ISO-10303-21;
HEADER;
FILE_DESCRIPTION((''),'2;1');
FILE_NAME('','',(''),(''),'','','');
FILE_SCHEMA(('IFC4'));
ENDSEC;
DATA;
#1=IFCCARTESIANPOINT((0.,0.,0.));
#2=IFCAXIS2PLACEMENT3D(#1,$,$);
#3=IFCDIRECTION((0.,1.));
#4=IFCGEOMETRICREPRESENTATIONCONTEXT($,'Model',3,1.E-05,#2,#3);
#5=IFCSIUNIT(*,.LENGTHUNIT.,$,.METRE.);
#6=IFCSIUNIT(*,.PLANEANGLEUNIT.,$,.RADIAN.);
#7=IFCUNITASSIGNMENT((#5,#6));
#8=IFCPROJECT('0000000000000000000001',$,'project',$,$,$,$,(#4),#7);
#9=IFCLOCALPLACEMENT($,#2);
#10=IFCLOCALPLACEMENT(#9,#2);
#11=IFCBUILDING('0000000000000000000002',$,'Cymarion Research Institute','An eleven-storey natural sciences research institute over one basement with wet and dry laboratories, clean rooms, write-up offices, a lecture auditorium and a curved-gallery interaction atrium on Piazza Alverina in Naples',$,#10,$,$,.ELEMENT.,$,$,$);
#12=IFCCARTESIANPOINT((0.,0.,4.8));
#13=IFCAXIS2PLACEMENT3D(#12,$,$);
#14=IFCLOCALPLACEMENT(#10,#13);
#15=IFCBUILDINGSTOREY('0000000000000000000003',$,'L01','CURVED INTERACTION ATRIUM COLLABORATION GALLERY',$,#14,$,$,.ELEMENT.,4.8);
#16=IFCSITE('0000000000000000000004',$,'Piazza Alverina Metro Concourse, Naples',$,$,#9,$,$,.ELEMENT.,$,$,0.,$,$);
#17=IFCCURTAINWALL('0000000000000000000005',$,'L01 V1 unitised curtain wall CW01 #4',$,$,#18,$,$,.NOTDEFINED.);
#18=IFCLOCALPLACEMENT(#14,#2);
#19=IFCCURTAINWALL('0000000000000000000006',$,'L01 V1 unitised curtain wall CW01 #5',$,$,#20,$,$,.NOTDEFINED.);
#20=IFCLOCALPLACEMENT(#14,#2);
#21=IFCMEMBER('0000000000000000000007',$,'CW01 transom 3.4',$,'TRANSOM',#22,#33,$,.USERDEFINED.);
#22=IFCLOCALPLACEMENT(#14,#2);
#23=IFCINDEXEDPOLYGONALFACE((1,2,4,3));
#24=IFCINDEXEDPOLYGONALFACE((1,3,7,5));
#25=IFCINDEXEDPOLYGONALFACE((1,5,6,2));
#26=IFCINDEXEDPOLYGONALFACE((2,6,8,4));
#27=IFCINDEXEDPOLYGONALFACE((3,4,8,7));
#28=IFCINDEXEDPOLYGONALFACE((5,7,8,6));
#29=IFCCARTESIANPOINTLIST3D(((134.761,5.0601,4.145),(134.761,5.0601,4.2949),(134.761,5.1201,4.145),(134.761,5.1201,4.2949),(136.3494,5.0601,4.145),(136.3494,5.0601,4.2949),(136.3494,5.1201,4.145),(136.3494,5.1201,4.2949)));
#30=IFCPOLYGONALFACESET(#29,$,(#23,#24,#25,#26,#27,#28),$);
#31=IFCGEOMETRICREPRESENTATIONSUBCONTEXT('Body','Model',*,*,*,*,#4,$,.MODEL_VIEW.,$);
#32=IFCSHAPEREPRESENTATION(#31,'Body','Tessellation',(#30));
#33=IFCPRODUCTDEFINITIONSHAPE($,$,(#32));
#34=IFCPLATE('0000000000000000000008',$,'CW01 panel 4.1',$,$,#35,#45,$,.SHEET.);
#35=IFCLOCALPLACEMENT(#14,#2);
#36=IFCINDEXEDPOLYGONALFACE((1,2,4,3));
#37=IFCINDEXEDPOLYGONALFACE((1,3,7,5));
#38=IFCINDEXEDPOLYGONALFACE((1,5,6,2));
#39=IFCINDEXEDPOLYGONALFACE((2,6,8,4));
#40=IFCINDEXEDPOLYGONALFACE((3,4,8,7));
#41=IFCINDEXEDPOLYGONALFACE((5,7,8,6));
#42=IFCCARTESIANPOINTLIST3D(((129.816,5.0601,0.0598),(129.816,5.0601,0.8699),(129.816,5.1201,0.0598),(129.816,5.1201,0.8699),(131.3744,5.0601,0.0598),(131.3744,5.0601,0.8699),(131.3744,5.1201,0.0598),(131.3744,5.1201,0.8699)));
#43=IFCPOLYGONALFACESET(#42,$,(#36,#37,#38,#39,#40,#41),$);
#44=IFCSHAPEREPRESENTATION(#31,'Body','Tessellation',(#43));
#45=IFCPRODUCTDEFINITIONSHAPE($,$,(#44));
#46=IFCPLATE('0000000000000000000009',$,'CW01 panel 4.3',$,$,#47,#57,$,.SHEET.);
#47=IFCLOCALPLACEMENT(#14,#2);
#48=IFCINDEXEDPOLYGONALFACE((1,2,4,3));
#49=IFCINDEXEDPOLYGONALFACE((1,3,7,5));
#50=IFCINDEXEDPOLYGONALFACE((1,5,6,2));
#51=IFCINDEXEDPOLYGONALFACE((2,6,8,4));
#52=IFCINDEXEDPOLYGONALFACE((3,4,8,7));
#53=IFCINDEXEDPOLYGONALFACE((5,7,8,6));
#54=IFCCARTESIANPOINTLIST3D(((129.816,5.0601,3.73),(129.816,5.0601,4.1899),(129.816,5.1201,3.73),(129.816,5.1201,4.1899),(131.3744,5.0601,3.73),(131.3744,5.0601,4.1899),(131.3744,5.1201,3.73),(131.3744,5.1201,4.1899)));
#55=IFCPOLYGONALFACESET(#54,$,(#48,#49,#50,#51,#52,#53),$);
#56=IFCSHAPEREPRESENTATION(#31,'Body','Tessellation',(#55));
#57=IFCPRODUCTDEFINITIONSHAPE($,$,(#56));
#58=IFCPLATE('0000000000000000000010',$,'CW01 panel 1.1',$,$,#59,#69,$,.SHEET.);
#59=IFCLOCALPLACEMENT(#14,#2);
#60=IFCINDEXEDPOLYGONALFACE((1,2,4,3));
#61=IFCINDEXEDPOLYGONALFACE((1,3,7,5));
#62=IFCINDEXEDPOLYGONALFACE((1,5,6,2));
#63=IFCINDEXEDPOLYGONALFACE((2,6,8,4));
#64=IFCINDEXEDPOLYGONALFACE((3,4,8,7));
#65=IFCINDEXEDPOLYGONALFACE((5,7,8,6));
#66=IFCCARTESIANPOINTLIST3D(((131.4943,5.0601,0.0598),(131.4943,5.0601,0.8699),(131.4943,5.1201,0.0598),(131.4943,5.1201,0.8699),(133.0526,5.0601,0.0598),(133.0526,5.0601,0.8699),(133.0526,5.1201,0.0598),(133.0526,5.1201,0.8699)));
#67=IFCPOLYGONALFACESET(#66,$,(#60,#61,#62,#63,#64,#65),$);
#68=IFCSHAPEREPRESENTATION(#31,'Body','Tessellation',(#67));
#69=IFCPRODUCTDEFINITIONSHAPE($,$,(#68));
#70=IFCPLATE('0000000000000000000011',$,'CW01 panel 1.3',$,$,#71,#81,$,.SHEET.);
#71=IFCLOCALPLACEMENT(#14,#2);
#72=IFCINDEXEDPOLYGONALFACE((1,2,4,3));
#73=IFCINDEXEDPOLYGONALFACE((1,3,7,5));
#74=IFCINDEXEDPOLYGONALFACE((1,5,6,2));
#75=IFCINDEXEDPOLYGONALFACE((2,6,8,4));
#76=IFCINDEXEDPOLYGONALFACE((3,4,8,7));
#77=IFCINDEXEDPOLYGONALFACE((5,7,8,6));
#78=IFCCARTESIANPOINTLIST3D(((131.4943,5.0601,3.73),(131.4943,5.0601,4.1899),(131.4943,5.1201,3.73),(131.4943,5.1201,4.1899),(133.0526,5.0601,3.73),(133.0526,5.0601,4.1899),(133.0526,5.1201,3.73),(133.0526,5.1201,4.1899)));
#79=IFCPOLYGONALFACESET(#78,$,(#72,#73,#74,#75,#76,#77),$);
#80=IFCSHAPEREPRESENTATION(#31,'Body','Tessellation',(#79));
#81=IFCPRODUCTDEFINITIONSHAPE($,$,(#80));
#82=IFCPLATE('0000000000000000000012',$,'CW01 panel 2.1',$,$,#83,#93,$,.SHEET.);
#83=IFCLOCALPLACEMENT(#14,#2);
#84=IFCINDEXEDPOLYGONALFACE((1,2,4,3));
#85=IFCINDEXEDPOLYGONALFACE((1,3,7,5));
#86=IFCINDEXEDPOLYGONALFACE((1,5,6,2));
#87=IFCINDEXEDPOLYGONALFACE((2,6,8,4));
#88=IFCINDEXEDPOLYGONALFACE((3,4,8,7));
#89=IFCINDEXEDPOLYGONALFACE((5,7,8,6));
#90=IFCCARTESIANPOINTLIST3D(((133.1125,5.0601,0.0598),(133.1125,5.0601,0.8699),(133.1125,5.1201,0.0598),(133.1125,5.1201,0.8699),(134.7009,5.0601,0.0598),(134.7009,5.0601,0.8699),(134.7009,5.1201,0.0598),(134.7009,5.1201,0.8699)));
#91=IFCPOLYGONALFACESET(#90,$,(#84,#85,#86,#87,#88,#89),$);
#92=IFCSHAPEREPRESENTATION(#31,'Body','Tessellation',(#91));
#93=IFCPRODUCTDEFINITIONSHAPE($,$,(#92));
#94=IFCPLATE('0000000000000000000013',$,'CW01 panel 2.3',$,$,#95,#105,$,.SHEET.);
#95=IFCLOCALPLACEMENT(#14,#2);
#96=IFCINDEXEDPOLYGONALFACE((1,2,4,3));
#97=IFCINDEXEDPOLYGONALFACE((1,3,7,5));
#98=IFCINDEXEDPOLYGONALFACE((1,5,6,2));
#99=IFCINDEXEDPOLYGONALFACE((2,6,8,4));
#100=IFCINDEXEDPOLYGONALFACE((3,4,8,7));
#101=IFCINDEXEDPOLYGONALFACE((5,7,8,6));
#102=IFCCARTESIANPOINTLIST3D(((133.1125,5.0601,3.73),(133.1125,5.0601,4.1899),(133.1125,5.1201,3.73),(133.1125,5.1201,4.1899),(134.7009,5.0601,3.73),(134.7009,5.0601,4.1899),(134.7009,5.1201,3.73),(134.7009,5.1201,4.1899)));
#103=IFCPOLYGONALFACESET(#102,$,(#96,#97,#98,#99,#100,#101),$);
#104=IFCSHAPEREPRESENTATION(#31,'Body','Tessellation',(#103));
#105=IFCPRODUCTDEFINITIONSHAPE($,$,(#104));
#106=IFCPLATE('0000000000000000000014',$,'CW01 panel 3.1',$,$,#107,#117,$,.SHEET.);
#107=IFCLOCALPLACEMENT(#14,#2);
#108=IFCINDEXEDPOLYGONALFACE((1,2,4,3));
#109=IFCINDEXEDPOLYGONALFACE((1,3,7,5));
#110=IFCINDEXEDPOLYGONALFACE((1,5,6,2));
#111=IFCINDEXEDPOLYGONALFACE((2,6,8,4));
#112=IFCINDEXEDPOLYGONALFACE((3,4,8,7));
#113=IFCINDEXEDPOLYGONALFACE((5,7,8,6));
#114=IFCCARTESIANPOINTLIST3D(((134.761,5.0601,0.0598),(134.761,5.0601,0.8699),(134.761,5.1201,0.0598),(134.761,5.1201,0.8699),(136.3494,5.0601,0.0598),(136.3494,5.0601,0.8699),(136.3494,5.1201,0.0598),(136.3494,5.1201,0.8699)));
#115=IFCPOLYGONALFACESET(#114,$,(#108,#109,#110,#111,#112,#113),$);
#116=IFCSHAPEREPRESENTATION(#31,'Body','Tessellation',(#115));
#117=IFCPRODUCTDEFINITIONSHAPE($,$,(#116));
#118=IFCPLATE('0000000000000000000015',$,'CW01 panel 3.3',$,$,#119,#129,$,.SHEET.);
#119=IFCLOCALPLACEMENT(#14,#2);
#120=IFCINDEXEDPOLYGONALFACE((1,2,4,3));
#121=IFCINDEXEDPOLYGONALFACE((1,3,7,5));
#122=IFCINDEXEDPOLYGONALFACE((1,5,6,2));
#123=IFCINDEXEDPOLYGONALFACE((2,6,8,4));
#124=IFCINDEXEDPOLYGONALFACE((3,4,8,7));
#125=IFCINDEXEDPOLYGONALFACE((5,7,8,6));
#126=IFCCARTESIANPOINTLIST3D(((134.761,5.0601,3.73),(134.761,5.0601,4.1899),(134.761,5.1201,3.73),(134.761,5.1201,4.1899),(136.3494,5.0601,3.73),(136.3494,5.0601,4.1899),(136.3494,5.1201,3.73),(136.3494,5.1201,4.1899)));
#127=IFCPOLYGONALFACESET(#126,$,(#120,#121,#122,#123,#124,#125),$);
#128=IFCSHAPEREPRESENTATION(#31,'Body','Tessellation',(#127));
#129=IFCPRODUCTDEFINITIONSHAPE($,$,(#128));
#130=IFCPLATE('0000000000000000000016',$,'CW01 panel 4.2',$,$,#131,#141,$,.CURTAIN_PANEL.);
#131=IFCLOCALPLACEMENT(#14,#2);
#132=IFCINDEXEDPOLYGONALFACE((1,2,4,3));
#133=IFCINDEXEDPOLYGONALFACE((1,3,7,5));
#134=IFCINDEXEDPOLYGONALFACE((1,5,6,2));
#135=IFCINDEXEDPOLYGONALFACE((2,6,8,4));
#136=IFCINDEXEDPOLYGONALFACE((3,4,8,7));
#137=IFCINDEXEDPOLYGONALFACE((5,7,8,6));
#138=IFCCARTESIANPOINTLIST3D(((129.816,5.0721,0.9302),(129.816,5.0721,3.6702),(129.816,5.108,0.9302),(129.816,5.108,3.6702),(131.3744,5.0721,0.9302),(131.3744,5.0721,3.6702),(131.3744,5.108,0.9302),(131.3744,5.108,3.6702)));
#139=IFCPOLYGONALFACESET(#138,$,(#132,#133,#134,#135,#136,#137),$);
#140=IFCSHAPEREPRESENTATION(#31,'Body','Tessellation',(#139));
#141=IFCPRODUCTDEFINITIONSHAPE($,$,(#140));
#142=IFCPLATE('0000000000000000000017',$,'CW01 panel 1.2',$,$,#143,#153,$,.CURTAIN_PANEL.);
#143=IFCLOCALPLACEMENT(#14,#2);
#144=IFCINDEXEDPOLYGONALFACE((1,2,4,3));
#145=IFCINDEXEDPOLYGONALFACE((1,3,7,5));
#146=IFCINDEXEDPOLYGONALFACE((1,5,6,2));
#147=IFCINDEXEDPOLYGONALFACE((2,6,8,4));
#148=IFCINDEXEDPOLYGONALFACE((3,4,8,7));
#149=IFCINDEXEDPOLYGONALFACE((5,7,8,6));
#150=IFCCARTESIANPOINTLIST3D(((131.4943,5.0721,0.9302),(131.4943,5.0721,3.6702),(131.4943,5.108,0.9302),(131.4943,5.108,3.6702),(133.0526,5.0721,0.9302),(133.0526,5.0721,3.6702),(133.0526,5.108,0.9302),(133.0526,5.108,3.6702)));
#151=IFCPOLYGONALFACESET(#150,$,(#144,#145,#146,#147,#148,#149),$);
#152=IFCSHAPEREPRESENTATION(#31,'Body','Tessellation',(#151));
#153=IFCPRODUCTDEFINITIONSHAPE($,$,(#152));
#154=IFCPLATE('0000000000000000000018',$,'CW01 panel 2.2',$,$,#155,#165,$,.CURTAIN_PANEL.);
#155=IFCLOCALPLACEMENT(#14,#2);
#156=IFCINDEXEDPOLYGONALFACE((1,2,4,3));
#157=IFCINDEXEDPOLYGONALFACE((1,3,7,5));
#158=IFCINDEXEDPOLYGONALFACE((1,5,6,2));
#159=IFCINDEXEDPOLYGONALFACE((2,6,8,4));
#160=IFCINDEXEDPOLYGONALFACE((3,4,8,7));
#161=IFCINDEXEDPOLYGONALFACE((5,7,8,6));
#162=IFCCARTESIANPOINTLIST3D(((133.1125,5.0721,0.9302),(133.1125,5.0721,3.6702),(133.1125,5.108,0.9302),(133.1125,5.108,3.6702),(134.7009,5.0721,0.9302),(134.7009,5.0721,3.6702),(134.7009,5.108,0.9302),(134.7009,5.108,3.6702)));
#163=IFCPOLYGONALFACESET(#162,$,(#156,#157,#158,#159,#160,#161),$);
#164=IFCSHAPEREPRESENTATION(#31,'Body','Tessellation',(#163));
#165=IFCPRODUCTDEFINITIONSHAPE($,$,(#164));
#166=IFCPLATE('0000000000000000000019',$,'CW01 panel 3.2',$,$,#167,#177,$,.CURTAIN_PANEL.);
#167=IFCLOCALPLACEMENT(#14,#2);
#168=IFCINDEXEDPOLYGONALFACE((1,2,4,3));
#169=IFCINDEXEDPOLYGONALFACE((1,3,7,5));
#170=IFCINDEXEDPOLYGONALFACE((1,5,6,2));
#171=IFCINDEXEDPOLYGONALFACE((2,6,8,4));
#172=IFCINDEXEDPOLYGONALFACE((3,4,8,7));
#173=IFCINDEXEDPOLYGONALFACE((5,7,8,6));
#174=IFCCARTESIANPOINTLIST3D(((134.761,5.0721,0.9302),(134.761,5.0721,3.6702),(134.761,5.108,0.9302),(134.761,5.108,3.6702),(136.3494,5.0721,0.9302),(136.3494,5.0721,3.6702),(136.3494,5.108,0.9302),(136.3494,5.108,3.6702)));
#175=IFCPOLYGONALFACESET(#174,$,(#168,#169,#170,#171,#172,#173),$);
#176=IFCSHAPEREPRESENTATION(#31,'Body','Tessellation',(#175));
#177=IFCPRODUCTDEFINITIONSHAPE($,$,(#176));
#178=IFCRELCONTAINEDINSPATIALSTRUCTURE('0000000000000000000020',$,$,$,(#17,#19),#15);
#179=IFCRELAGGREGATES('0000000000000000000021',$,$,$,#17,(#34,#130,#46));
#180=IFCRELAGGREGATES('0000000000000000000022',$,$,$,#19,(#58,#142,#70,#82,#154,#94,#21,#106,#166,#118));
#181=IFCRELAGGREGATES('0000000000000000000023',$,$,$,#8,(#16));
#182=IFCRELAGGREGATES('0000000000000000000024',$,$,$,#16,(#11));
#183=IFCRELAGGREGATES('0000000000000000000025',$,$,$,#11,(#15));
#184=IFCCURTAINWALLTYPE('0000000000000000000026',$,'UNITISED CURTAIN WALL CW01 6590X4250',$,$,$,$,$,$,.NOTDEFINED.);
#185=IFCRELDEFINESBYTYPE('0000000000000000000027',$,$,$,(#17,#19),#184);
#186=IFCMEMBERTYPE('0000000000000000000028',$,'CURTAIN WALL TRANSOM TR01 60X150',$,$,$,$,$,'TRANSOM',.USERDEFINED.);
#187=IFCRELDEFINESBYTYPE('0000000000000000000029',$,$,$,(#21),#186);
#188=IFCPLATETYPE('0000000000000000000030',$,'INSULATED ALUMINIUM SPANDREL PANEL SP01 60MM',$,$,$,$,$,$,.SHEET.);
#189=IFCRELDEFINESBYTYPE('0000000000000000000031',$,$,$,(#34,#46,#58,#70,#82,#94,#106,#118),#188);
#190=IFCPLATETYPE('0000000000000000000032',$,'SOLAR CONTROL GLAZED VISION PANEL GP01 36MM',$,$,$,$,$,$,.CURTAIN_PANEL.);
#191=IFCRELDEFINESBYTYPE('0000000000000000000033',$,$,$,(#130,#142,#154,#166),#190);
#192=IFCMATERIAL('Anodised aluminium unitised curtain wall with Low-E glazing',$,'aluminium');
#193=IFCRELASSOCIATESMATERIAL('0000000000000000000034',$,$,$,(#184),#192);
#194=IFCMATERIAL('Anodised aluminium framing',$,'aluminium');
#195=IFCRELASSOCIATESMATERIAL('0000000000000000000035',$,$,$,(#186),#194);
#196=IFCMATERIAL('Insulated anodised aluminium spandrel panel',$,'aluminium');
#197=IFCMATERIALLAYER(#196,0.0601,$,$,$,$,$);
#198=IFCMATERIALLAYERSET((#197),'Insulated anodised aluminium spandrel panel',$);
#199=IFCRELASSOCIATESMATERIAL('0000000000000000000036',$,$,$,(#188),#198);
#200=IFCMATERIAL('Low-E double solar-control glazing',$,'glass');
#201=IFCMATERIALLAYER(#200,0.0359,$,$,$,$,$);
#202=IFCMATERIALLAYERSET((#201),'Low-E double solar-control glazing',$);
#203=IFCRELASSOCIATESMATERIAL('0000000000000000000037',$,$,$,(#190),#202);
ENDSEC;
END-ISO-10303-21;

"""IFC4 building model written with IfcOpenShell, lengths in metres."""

from ifc_helpers import new_model, si_unit, direction, frame, origin, origin_2d, place, context, subcontext, project, spatial, rectangle, extrude, material, layer, layer_set, material_profile, profile_set, type_object, element, aggregate, save


model = new_model("IFC4")

# Units and contexts
model_context = context("Model", 3, precision=1e-05, world=origin(), true_north=direction((0.0, 1.0)))
body_context = subcontext(model_context, "Body", "Model", "MODEL_VIEW")
ifc_project = project(units=[si_unit("LENGTHUNIT", "METRE"), si_unit("PLANEANGLEUNIT", "RADIAN")], contexts=[model_context])

# Site, building, storey
site_placement = place(None, origin())
site = spatial("IfcSite", under=ifc_project, at=site_placement, Name="Piazza Alverina Metro Concourse, Naples", CompositionType="ELEMENT", RefElevation=0.0)
building_placement = place(site_placement, origin())
building = spatial("IfcBuilding", under=site, at=building_placement, Name="Cymarion Research Institute", Description="An eleven-storey natural sciences research institute over one basement with wet and dry laboratories, clean rooms, write-up offices, a lecture auditorium and a curved-gallery interaction atrium on Piazza Alverina in Naples", CompositionType="ELEMENT")
storey_placement = place(building_placement, frame((0.0, 0.0, 4.8)))
storey = spatial("IfcBuildingStorey", under=building, at=storey_placement, Name="L01", Description="CURVED INTERACTION ATRIUM COLLABORATION GALLERY", CompositionType="ELEMENT", Elevation=4.8)

# Curtain wall
ifc_material_1 = material(Name="Anodised aluminium unitised curtain wall with Low-E glazing", Category="aluminium")
curtain_wall_type = type_object("IfcCurtainWallType", Name="UNITISED CURTAIN WALL CW01 6590X4250", PredefinedType="NOTDEFINED", material=ifc_material_1)
curtain_wall_1_placement = place(storey_placement, origin())
curtain_wall_1 = element("IfcCurtainWall", 1, at=curtain_wall_1_placement, inside=storey, type_object=curtain_wall_type, Name="L01 V1 unitised curtain wall CW01 #4", PredefinedType="NOTDEFINED")
ifc_material_2 = material(Name="Anodised aluminium framing", Category="aluminium")

# Curtain wall, member
curtain_wall_2_placement = place(storey_placement, origin())
curtain_wall_2 = element("IfcCurtainWall", 2, at=curtain_wall_2_placement, inside=storey, type_object=curtain_wall_type, Name="L01 V1 unitised curtain wall CW01 #5", PredefinedType="NOTDEFINED")
ifc_material_profile_1 = material_profile(ifc_material_2, rectangle(XDim=0.0601, YDim=0.1499, at=origin_2d()), Name="ALU TRANSOM 60x150")
ifc_profile_set_1 = profile_set([ifc_material_profile_1], Name="Anodised aluminium framing")
member_type_1 = type_object("IfcMemberType", Name="CURTAIN WALL TRANSOM TR01 60X150", ElementType="TRANSOM", PredefinedType="USERDEFINED", material=ifc_profile_set_1)
member_1_placement = place(storey_placement, frame((134.761, 5.0901, 4.22), z_axis=(1.0, 0.0, 0.0), x_axis=(0.0, 1.0, 0.0)))
member_1 = element("IfcMember", 3, at=member_1_placement, type_object=member_type_1, Name="CW01 transom 3.4", ObjectType="TRANSOM", PredefinedType="USERDEFINED", context=body_context, shape_type="SweptSolid", body=[
    extrude(rectangle(XDim=0.0601, YDim=0.1499, at=origin_2d()), origin(), (0.0, 0.0, 1.0), 1.5884),
])

# Plates
ifc_material_3 = material(Name="Insulated anodised aluminium spandrel panel", Category="aluminium")
ifc_layer_1 = layer(ifc_material_3, 0.0601)
ifc_layer_set_1 = layer_set([ifc_layer_1], Name="Insulated anodised aluminium spandrel panel")
plate_type_1 = type_object("IfcPlateType", Name="INSULATED ALUMINIUM SPANDREL PANEL SP01 60MM", PredefinedType="SHEET", material=ifc_layer_set_1)
plate_1_placement = place(storey_placement, frame((130.5952, 5.0901, 0.0598), z_axis=(0.0, 0.0, 1.0), x_axis=(1.0, 0.0, 0.0)))
plate_1 = element("IfcPlate", 4, at=plate_1_placement, type_object=plate_type_1, Name="CW01 panel 4.1", PredefinedType="SHEET", context=body_context, shape_type="SweptSolid", body=[
    extrude(rectangle(XDim=1.5583, YDim=0.0601, at=origin_2d()), origin(), (0.0, 0.0, 1.0), 0.8101),
])
plate_2_placement = place(storey_placement, frame((130.5952, 5.0901, 3.73), z_axis=(0.0, 0.0, 1.0), x_axis=(1.0, 0.0, 0.0)))
plate_2 = element("IfcPlate", 5, at=plate_2_placement, type_object=plate_type_1, Name="CW01 panel 4.3", PredefinedType="SHEET", context=body_context, shape_type="SweptSolid", body=[
    extrude(rectangle(XDim=1.5583, YDim=0.0601, at=origin_2d()), origin(), (0.0, 0.0, 1.0), 0.46),
])
plate_3_placement = place(storey_placement, frame((132.2734, 5.0901, 0.0598), z_axis=(0.0, 0.0, 1.0), x_axis=(1.0, 0.0, 0.0)))
plate_3 = element("IfcPlate", 6, at=plate_3_placement, type_object=plate_type_1, Name="CW01 panel 1.1", PredefinedType="SHEET", context=body_context, shape_type="SweptSolid", body=[
    extrude(rectangle(XDim=1.5583, YDim=0.0601, at=origin_2d()), origin(), (0.0, 0.0, 1.0), 0.8101),
])
plate_4_placement = place(storey_placement, frame((132.2734, 5.0901, 3.73), z_axis=(0.0, 0.0, 1.0), x_axis=(1.0, 0.0, 0.0)))
plate_4 = element("IfcPlate", 7, at=plate_4_placement, type_object=plate_type_1, Name="CW01 panel 1.3", PredefinedType="SHEET", context=body_context, shape_type="SweptSolid", body=[
    extrude(rectangle(XDim=1.5583, YDim=0.0601, at=origin_2d()), origin(), (0.0, 0.0, 1.0), 0.46),
])
plate_5_placement = place(storey_placement, frame((133.9067, 5.0901, 0.0598), z_axis=(0.0, 0.0, 1.0), x_axis=(1.0, 0.0, 0.0)))
plate_5 = element("IfcPlate", 8, at=plate_5_placement, type_object=plate_type_1, Name="CW01 panel 2.1", PredefinedType="SHEET", context=body_context, shape_type="SweptSolid", body=[
    extrude(rectangle(XDim=1.5884, YDim=0.0601, at=origin_2d()), origin(), (0.0, 0.0, 1.0), 0.8101),
])
plate_6_placement = place(storey_placement, frame((133.9067, 5.0901, 3.73), z_axis=(0.0, 0.0, 1.0), x_axis=(1.0, 0.0, 0.0)))
plate_6 = element("IfcPlate", 9, at=plate_6_placement, type_object=plate_type_1, Name="CW01 panel 2.3", PredefinedType="SHEET", context=body_context, shape_type="SweptSolid", body=[
    extrude(rectangle(XDim=1.5884, YDim=0.0601, at=origin_2d()), origin(), (0.0, 0.0, 1.0), 0.46),
])
plate_7_placement = place(storey_placement, frame((135.5552, 5.0901, 0.0598), z_axis=(0.0, 0.0, 1.0), x_axis=(1.0, 0.0, 0.0)))
plate_7 = element("IfcPlate", 10, at=plate_7_placement, type_object=plate_type_1, Name="CW01 panel 3.1", PredefinedType="SHEET", context=body_context, shape_type="SweptSolid", body=[
    extrude(rectangle(XDim=1.5884, YDim=0.0601, at=origin_2d()), origin(), (0.0, 0.0, 1.0), 0.8101),
])
plate_8_placement = place(storey_placement, frame((135.5552, 5.0901, 3.73), z_axis=(0.0, 0.0, 1.0), x_axis=(1.0, 0.0, 0.0)))
plate_8 = element("IfcPlate", 11, at=plate_8_placement, type_object=plate_type_1, Name="CW01 panel 3.3", PredefinedType="SHEET", context=body_context, shape_type="SweptSolid", body=[
    extrude(rectangle(XDim=1.5884, YDim=0.0601, at=origin_2d()), origin(), (0.0, 0.0, 1.0), 0.46),
])
ifc_material_4 = material(Name="Low-E double solar-control glazing", Category="glass")
ifc_layer_2 = layer(ifc_material_4, 0.0359)
ifc_layer_set_2 = layer_set([ifc_layer_2], Name="Low-E double solar-control glazing")
plate_type_2 = type_object("IfcPlateType", Name="SOLAR CONTROL GLAZED VISION PANEL GP01 36MM", PredefinedType="CURTAIN_PANEL", material=ifc_layer_set_2)
plate_9_placement = place(storey_placement, frame((130.5952, 5.0901, 0.9302), z_axis=(0.0, 0.0, 1.0), x_axis=(1.0, 0.0, 0.0)))
plate_9 = element("IfcPlate", 12, at=plate_9_placement, type_object=plate_type_2, Name="CW01 panel 4.2", PredefinedType="CURTAIN_PANEL", context=body_context, shape_type="SweptSolid", body=[
    extrude(rectangle(XDim=1.5583, YDim=0.0359, at=origin_2d()), origin(), (0.0, 0.0, 1.0), 2.74),
])
aggregate(curtain_wall_1, [plate_1, plate_9, plate_2])
plate_10_placement = place(storey_placement, frame((132.2734, 5.0901, 0.9302), z_axis=(0.0, 0.0, 1.0), x_axis=(1.0, 0.0, 0.0)))
plate_10 = element("IfcPlate", 13, at=plate_10_placement, type_object=plate_type_2, Name="CW01 panel 1.2", PredefinedType="CURTAIN_PANEL", context=body_context, shape_type="SweptSolid", body=[
    extrude(rectangle(XDim=1.5583, YDim=0.0359, at=origin_2d()), origin(), (0.0, 0.0, 1.0), 2.74),
])
plate_11_placement = place(storey_placement, frame((133.9067, 5.0901, 0.9302), z_axis=(0.0, 0.0, 1.0), x_axis=(1.0, 0.0, 0.0)))
plate_11 = element("IfcPlate", 14, at=plate_11_placement, type_object=plate_type_2, Name="CW01 panel 2.2", PredefinedType="CURTAIN_PANEL", context=body_context, shape_type="SweptSolid", body=[
    extrude(rectangle(XDim=1.5884, YDim=0.0359, at=origin_2d()), origin(), (0.0, 0.0, 1.0), 2.74),
])
plate_12_placement = place(storey_placement, frame((135.5552, 5.0901, 0.9302), z_axis=(0.0, 0.0, 1.0), x_axis=(1.0, 0.0, 0.0)))
plate_12 = element("IfcPlate", 15, at=plate_12_placement, type_object=plate_type_2, Name="CW01 panel 3.2", PredefinedType="CURTAIN_PANEL", context=body_context, shape_type="SweptSolid", body=[
    extrude(rectangle(XDim=1.5884, YDim=0.0359, at=origin_2d()), origin(), (0.0, 0.0, 1.0), 2.74),
])
aggregate(curtain_wall_2, [plate_3, plate_10, plate_4, plate_5, plate_11, plate_6, member_1, plate_7, plate_12, plate_8])

save(model, "model.ifc")
